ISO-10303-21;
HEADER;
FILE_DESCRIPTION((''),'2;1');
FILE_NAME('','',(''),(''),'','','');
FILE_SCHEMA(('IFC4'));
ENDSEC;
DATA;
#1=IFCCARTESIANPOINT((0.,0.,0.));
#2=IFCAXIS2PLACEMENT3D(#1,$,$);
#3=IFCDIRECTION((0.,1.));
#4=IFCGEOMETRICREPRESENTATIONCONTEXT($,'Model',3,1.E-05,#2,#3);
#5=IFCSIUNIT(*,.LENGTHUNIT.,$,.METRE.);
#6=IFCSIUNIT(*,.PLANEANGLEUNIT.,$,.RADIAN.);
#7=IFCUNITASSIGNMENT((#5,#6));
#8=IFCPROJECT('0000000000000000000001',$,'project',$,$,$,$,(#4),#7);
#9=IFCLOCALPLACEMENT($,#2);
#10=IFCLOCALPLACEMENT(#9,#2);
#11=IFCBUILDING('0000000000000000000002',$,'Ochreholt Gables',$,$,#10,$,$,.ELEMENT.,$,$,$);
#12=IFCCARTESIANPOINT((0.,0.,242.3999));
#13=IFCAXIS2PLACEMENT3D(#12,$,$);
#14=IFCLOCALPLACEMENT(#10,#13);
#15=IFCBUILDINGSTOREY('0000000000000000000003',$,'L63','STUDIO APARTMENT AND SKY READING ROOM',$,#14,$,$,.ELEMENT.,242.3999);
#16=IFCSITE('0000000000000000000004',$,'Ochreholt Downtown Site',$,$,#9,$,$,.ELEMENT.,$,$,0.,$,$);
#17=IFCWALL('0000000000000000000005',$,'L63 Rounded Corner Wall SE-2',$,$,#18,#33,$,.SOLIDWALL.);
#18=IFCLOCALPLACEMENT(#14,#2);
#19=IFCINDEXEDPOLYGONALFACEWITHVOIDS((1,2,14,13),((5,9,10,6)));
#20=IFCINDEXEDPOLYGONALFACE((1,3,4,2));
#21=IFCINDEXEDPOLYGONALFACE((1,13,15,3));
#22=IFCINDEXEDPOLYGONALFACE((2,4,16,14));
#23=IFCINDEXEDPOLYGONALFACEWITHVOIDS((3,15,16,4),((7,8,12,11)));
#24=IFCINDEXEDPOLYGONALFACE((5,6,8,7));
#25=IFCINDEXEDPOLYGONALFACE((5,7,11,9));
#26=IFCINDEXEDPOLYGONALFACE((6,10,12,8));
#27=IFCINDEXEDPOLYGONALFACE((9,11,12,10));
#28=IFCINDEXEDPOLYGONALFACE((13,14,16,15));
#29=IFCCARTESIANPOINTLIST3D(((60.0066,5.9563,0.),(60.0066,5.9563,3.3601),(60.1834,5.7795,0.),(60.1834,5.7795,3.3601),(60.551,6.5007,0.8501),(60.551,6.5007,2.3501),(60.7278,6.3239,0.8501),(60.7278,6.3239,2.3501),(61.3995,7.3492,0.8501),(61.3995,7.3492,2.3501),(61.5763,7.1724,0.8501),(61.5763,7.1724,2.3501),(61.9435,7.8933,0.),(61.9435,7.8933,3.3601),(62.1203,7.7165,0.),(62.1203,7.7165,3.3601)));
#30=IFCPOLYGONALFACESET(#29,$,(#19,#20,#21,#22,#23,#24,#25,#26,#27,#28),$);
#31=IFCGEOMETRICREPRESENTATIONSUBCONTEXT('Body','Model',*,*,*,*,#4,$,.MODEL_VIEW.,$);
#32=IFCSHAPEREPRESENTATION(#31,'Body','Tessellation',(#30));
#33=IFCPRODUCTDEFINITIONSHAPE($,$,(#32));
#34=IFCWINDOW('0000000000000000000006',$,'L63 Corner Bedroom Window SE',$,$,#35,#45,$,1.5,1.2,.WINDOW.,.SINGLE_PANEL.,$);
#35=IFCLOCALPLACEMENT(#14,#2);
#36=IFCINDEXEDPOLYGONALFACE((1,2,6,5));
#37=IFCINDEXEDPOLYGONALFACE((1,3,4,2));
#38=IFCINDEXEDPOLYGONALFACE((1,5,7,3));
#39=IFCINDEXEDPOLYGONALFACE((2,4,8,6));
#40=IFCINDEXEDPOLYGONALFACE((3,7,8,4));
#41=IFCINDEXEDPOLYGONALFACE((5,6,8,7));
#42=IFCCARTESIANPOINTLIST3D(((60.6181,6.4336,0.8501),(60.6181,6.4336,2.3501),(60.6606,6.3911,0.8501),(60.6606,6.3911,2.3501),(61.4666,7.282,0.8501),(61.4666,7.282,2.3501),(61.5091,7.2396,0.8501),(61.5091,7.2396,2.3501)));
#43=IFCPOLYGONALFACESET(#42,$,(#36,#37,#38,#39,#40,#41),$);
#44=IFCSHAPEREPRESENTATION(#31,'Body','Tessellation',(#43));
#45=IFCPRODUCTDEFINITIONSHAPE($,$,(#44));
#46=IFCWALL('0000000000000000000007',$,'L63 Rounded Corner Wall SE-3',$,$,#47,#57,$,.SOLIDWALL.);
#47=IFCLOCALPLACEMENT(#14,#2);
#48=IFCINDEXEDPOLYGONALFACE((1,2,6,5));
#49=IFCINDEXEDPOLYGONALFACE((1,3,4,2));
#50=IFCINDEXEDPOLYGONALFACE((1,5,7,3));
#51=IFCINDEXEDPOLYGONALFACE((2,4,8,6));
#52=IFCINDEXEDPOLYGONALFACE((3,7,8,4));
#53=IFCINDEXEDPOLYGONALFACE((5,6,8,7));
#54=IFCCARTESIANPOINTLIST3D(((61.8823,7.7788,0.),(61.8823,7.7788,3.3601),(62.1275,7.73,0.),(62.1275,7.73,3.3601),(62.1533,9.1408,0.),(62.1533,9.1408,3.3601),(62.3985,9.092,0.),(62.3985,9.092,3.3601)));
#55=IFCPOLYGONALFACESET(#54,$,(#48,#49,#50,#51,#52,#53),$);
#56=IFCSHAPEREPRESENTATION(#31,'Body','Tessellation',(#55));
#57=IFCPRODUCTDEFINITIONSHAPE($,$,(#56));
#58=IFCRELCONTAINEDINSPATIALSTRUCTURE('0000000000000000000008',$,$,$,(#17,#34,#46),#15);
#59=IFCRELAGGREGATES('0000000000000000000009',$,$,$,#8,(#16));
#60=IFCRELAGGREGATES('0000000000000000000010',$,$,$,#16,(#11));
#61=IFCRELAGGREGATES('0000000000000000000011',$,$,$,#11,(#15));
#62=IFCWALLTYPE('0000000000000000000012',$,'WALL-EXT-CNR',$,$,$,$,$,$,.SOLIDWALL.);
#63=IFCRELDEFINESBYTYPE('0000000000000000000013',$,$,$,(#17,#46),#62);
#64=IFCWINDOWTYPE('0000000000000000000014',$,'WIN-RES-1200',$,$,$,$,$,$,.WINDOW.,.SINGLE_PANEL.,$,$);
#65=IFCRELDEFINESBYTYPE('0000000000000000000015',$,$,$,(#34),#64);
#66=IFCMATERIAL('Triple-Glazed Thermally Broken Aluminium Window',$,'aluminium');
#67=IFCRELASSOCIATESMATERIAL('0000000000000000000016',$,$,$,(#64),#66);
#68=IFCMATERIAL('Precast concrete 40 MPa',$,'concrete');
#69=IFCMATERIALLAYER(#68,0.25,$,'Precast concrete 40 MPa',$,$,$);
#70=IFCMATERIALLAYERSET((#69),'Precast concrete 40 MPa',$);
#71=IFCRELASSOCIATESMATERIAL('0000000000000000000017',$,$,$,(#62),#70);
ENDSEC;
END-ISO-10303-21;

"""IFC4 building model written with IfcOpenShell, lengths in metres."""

from ifc_helpers import new_model, si_unit, direction, frame, frame_2d, origin, place, context, subcontext, project, spatial, rectangle, extrude, material, layer, layer_set, type_object, element, fill, save


model = new_model("IFC4")

# Units and contexts
model_context = context("Model", 3, precision=1e-05, world=origin(), true_north=direction((0.0, 1.0)))
body_context = subcontext(model_context, "Body", "Model", "MODEL_VIEW")
ifc_project = project(units=[si_unit("LENGTHUNIT", "METRE"), si_unit("PLANEANGLEUNIT", "RADIAN")], contexts=[model_context])

# Site, building, storey
site_placement = place(None, origin())
site = spatial("IfcSite", under=ifc_project, at=site_placement, Name="Ochreholt Downtown Site", CompositionType="ELEMENT", RefElevation=0.0)
building_placement = place(site_placement, origin())
building = spatial("IfcBuilding", under=site, at=building_placement, Name="Ochreholt Gables", CompositionType="ELEMENT")
storey_placement = place(building_placement, frame((0.0, 0.0, 242.3999)))
storey = spatial("IfcBuildingStorey", under=building, at=storey_placement, Name="L63", Description="STUDIO APARTMENT AND SKY READING ROOM", CompositionType="ELEMENT", Elevation=242.3999)

# Shared definitions
ifc_material_1 = material(Name="Precast concrete 40 MPa", Category="concrete")
ifc_material_2 = material(Name="Triple-Glazed Thermally Broken Aluminium Window", Category="aluminium")
window_type = type_object("IfcWindowType", Name="WIN-RES-1200", PartitioningType="SINGLE_PANEL", PredefinedType="WINDOW", material=ifc_material_2)

# Shared definitions
ifc_layer_1 = layer(ifc_material_1, 0.25, Name="Precast concrete 40 MPa")
ifc_layer_set_1 = layer_set([ifc_layer_1], Name="Precast concrete 40 MPa")
wall_type_1 = type_object("IfcWallType", Name="WALL-EXT-CNR", PredefinedType="SOLIDWALL", material=ifc_layer_set_1)

# Wall, opening, window
wall_1_placement = place(storey_placement, frame((60.095, 5.8679, 0.0), z_axis=(0.0, 0.0, 1.0), x_axis=(0.707107, 0.707107, 0.0)))
wall_1 = element("IfcWall", 1, at=wall_1_placement, inside=storey, type_object=wall_type_1, Name="L63 Rounded Corner Wall SE-2", PredefinedType="SOLIDWALL", context=body_context, shape_type="SweptSolid", body=[
    extrude(rectangle(XDim=2.7393, YDim=0.25, at=frame_2d((1.3696, 0.0))), origin(), (0.0, 0.0, 1.0), 3.3601),
])
opening_1_placement = place(wall_1_placement, frame((0.7698, 0.0, 0.8501)))
opening_1 = element("IfcOpeningElement", 2, at=opening_1_placement, cuts=wall_1, PredefinedType="OPENING", context=body_context, shape_type="SweptSolid", body=[
    extrude(rectangle(XDim=1.2, YDim=1.5, at=frame_2d((0.6001, 0.75))), frame((0.0, 0.135, 0.0), z_axis=(0.0, -1.0, 0.0), x_axis=(1.0, 0.0, 0.0)), (0.0, 0.0, 1.0), 0.27),
])
window_1_placement = place(opening_1_placement, origin())
window_1 = element("IfcWindow", 3, at=window_1_placement, inside=storey, type_object=window_type, Name="L63 Corner Bedroom Window SE", OverallHeight=1.5, OverallWidth=1.2, PartitioningType="SINGLE_PANEL", PredefinedType="WINDOW", context=body_context, shape_type="SweptSolid", body=[
    extrude(rectangle(XDim=1.2, YDim=1.5, at=frame_2d((0.6001, 0.75))), frame((0.0, 0.03, 0.0), z_axis=(0.0, -1.0, 0.0), x_axis=(1.0, 0.0, 0.0)), (0.0, 0.0, 1.0), 0.0601),
])
fill(opening_1, window_1)

# Wall
wall_2_placement = place(storey_placement, frame((62.0049, 7.7544, 0.0), z_axis=(0.0, 0.0, 1.0), x_axis=(0.195136, 0.980776, 0.0)))
element("IfcWall", 4, at=wall_2_placement, inside=storey, type_object=wall_type_1, Name="L63 Rounded Corner Wall SE-3", PredefinedType="SOLIDWALL", context=body_context, shape_type="SweptSolid", body=[
    extrude(rectangle(XDim=1.3887, YDim=0.25, at=frame_2d((0.6943, 0.0))), origin(), (0.0, 0.0, 1.0), 3.3601),
])

save(model, "model.ifc")
